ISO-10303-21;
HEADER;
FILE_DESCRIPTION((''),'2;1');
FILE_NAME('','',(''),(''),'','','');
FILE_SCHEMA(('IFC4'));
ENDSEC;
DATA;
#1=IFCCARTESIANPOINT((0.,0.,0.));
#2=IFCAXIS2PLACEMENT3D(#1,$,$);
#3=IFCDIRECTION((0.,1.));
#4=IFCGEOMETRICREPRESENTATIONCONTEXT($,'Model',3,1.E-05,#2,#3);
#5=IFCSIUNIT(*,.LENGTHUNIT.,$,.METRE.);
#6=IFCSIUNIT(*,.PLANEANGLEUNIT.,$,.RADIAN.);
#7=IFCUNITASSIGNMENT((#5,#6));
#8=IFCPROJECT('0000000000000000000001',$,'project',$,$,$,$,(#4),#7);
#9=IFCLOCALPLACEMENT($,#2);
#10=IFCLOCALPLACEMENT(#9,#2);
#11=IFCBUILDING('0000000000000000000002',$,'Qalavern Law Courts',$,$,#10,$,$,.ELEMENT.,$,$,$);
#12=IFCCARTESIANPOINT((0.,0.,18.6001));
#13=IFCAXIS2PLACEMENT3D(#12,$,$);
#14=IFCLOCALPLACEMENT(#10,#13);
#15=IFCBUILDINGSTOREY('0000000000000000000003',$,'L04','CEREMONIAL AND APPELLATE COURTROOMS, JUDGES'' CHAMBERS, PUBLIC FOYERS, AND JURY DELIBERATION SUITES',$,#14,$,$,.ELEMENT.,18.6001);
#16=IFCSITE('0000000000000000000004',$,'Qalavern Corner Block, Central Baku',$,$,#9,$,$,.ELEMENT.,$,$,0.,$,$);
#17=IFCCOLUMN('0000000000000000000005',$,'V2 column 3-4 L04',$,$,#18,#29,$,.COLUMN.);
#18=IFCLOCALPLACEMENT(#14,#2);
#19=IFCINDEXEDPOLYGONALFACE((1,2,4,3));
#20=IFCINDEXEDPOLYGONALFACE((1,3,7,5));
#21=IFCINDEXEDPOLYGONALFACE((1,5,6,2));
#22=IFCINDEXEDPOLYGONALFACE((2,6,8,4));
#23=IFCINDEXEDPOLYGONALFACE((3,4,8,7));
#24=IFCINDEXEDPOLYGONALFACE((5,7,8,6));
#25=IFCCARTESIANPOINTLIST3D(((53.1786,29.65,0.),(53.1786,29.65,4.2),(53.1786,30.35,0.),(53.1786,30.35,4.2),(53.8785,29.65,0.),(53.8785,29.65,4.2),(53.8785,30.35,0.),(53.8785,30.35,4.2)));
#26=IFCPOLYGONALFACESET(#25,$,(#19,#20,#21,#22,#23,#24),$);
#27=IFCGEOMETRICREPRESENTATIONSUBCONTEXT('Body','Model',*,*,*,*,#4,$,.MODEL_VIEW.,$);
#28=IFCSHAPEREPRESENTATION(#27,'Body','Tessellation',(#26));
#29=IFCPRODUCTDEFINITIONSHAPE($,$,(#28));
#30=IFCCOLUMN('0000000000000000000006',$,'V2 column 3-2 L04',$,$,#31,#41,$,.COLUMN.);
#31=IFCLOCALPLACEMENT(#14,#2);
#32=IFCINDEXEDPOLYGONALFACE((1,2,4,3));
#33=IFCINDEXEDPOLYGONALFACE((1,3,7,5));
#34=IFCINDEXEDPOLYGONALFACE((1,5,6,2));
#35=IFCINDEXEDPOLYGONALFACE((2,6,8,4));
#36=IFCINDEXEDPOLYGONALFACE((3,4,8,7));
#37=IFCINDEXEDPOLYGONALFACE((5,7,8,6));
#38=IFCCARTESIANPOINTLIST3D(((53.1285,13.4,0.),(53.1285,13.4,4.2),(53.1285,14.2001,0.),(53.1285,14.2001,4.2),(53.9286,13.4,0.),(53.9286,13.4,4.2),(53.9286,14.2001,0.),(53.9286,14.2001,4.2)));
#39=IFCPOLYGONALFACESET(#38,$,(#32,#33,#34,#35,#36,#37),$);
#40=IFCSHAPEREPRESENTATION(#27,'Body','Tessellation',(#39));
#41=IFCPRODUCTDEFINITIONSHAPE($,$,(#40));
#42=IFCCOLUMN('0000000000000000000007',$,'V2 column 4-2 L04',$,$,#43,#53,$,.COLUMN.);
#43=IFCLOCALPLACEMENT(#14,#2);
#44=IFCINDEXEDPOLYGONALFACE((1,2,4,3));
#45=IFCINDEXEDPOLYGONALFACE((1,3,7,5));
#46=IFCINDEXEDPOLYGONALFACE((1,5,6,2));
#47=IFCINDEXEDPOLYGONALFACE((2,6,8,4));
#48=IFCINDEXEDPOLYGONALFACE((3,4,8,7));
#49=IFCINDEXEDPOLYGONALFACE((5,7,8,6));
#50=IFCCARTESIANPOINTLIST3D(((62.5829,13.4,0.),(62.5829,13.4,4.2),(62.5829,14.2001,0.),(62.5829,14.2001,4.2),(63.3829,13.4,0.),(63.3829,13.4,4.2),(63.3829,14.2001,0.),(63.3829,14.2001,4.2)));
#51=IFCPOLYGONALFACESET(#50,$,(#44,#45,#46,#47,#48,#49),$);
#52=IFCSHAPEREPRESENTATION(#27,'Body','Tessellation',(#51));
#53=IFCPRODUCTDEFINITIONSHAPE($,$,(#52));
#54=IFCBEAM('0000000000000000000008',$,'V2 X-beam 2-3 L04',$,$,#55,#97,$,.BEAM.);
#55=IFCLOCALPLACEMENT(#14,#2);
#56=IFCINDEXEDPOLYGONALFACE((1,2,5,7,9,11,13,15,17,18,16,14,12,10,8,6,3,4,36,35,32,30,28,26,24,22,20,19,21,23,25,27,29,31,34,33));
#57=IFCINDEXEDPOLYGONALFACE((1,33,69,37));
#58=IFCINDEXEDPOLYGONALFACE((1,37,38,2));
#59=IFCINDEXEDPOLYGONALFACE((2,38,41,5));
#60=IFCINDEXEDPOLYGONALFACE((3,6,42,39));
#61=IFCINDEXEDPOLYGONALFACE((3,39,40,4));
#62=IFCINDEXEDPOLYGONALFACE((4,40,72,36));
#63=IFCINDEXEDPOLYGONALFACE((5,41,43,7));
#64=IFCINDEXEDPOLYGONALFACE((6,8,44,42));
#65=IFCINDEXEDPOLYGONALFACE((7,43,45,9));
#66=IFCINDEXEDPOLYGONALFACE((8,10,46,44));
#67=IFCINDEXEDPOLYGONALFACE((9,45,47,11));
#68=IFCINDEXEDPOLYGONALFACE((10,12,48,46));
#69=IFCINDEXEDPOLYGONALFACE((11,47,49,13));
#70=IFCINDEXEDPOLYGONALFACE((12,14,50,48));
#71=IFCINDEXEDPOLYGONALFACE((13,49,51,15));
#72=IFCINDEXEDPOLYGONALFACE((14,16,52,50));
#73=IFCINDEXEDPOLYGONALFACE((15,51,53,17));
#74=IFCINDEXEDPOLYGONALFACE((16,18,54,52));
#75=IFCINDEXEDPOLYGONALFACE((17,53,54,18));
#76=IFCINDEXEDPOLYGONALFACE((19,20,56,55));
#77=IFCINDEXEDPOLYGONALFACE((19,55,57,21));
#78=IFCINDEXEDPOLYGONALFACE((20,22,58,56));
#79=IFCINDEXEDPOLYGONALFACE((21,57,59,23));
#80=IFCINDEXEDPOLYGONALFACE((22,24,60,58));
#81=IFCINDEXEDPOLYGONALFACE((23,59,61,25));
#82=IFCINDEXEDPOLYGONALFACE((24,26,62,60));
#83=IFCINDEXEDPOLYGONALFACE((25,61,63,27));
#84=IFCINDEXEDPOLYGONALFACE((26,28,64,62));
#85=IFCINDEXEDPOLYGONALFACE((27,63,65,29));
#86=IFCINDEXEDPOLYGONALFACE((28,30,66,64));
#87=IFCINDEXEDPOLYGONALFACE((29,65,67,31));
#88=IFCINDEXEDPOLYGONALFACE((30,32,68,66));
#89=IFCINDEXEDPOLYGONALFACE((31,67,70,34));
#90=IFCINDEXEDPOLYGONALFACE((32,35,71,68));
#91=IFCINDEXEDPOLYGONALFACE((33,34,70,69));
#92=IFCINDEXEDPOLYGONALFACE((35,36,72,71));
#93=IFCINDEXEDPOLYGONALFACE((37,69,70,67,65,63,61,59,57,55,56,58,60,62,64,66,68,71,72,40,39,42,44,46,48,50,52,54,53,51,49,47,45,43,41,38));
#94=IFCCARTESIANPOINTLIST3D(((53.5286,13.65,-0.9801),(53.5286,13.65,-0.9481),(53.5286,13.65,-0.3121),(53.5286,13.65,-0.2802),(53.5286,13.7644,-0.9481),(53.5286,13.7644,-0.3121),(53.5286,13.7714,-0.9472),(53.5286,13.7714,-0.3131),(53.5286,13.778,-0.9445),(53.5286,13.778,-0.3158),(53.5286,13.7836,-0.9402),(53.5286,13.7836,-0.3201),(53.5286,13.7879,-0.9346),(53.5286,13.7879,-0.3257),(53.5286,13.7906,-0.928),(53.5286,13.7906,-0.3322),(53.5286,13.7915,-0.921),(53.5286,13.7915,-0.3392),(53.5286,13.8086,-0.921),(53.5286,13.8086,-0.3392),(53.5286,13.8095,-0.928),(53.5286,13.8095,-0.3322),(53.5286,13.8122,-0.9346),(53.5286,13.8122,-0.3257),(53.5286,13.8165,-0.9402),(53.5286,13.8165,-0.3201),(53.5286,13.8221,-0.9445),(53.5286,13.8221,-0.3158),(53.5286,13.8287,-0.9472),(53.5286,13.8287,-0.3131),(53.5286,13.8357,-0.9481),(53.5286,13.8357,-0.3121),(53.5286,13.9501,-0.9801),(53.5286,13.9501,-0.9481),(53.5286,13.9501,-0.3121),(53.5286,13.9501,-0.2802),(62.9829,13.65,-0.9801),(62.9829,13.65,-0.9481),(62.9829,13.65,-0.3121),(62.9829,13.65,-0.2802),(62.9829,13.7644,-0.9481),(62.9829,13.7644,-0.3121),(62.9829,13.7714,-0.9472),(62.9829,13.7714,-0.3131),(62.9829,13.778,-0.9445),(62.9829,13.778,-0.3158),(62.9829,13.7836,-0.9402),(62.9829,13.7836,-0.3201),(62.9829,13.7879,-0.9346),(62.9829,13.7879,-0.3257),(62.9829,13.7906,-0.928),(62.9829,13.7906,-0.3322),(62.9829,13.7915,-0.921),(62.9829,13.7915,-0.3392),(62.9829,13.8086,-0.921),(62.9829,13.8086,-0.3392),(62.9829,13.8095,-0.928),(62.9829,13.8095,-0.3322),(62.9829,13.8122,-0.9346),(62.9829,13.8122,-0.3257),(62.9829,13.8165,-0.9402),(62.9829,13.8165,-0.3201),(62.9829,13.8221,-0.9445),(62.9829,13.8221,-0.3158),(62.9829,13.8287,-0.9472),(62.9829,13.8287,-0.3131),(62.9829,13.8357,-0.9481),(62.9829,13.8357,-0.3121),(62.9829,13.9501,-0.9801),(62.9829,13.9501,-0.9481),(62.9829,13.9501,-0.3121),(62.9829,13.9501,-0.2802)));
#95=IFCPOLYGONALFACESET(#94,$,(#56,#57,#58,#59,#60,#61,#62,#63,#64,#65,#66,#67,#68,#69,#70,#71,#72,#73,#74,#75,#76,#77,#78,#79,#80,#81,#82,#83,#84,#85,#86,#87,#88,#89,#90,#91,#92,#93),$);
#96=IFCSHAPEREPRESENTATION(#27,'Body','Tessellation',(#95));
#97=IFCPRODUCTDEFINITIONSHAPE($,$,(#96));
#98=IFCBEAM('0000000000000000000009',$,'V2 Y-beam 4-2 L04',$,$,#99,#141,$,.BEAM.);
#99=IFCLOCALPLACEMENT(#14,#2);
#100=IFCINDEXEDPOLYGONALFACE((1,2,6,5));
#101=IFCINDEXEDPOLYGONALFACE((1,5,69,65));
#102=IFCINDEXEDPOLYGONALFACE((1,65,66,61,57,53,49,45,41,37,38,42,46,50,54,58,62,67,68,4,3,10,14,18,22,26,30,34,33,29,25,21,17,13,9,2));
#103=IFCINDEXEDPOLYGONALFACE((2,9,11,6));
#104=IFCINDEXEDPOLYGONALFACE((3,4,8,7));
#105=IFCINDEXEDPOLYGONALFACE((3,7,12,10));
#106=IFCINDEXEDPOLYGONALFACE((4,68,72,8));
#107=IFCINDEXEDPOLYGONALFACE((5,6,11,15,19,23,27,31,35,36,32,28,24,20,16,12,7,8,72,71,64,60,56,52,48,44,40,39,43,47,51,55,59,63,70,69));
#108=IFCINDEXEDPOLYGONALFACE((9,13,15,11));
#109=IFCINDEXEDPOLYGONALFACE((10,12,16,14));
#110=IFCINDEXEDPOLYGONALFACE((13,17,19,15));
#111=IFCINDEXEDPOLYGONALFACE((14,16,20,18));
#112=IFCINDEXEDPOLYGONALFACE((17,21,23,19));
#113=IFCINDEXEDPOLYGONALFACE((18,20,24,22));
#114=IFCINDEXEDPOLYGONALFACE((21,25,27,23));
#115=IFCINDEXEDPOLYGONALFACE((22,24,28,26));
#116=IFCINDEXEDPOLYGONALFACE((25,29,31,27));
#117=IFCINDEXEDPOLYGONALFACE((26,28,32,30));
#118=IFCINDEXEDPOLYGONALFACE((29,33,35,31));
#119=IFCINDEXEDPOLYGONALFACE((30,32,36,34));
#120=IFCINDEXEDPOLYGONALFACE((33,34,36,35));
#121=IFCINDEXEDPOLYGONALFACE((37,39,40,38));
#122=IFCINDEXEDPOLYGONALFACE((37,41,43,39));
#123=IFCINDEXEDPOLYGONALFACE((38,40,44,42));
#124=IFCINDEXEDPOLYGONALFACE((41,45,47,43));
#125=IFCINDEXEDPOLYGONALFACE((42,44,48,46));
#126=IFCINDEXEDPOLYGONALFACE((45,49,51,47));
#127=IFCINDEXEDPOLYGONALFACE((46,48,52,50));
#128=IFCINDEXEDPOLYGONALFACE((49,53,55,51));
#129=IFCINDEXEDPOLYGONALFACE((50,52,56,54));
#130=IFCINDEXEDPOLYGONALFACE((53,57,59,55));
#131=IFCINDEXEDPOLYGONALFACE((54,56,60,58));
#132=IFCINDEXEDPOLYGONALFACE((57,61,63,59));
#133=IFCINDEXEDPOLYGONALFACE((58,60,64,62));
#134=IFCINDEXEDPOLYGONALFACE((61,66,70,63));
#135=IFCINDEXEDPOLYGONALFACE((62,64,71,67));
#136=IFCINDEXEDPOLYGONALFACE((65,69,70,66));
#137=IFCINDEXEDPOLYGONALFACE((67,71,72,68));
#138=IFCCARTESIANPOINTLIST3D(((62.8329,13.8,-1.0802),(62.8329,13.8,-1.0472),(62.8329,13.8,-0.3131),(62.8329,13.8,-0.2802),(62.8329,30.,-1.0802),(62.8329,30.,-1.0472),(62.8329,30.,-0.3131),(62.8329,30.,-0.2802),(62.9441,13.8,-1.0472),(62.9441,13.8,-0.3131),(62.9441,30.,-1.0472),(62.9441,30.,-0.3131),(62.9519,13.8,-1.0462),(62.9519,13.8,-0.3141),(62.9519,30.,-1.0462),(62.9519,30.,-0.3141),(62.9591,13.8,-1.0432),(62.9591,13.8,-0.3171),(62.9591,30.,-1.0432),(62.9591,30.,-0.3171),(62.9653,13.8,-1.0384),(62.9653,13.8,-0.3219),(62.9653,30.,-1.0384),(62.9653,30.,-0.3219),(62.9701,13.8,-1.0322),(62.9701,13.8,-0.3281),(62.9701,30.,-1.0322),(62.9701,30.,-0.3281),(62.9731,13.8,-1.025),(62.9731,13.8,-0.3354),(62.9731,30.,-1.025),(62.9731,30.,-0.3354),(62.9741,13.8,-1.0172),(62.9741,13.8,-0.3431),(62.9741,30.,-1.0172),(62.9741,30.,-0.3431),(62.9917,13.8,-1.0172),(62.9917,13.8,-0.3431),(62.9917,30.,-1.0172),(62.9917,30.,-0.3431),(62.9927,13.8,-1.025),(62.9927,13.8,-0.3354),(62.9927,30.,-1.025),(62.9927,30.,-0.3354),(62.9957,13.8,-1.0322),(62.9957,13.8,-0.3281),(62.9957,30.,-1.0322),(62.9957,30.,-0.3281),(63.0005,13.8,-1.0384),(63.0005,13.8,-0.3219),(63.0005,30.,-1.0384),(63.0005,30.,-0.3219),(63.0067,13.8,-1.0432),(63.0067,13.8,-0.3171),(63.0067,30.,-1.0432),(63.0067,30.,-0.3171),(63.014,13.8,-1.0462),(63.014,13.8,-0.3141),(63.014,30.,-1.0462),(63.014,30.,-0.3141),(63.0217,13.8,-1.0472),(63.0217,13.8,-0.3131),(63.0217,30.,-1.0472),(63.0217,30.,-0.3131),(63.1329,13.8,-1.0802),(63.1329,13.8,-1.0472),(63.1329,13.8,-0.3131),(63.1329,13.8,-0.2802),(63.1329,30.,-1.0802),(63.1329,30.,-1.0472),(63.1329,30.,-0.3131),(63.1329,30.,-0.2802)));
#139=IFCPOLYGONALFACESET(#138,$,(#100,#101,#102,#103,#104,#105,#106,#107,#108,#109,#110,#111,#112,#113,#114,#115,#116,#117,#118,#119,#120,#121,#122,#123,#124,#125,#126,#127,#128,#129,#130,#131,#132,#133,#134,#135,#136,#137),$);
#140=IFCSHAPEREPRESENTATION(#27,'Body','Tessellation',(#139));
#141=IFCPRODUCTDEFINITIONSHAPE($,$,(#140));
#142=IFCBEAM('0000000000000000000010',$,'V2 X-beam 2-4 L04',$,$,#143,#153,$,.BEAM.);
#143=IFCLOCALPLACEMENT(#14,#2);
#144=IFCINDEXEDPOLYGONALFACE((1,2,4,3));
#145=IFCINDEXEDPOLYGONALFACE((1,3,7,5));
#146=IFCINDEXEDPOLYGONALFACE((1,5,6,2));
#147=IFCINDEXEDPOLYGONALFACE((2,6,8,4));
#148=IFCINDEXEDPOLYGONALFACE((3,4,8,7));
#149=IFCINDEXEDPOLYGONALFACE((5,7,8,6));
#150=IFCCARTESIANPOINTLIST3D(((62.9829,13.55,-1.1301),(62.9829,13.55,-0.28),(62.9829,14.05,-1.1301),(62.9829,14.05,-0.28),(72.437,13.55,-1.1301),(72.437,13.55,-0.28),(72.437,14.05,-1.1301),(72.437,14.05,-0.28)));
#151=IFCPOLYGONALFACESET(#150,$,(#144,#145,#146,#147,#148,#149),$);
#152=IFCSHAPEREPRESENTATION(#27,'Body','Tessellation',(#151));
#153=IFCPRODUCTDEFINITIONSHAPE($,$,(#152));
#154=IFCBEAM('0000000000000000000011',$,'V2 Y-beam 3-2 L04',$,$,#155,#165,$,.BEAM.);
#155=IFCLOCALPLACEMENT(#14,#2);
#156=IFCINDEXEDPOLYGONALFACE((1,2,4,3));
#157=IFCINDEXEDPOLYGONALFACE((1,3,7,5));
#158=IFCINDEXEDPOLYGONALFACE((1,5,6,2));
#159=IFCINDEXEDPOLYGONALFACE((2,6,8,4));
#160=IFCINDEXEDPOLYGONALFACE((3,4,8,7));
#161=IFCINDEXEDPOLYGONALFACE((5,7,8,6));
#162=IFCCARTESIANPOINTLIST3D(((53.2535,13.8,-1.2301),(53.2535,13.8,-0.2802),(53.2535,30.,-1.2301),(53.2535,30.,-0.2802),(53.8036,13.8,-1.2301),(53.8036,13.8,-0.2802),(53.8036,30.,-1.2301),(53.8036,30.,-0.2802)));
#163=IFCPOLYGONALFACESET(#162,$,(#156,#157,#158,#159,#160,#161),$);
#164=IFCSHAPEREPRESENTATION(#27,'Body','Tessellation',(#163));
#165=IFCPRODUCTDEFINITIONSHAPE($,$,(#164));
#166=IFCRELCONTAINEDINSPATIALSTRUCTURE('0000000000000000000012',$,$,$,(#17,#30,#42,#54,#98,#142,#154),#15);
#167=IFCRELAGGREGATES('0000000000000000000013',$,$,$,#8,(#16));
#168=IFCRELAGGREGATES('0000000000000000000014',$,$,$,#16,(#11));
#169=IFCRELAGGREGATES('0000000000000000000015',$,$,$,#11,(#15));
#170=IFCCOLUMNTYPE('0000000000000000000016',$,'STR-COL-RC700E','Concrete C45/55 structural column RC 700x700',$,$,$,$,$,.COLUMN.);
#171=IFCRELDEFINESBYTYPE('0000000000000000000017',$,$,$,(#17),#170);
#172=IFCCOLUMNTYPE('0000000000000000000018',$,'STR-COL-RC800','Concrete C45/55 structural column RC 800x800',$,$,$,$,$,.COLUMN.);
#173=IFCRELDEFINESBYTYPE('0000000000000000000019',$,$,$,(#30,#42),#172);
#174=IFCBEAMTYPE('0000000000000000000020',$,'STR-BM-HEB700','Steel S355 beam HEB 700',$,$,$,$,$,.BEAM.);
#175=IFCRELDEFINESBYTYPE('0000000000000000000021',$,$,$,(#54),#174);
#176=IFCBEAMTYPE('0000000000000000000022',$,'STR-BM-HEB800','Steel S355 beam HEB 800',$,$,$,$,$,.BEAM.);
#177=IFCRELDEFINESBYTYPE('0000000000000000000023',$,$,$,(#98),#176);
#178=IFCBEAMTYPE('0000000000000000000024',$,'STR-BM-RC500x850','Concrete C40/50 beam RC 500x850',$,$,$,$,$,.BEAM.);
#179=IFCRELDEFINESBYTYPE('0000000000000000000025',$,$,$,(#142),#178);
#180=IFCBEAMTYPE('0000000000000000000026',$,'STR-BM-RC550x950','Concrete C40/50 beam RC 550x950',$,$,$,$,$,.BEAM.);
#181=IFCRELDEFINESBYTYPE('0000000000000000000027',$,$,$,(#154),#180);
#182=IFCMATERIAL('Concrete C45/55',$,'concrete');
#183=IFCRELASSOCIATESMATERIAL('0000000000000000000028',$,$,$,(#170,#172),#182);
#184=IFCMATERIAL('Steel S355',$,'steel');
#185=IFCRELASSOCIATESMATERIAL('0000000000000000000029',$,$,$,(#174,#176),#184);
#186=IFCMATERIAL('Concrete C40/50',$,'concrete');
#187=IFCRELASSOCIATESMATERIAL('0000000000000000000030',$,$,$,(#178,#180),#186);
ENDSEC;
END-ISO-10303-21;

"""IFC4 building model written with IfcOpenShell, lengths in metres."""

from ifc_helpers import new_model, si_unit, direction, frame, origin, origin_2d, place, context, subcontext, project, spatial, rectangle, i_section, extrude, material, material_profile, profile_set, type_object, element, save


model = new_model("IFC4")

# Units and contexts
model_context = context("Model", 3, precision=1e-05, world=origin(), true_north=direction((0.0, 1.0)))
body_context = subcontext(model_context, "Body", "Model", "MODEL_VIEW")
ifc_project = project(units=[si_unit("LENGTHUNIT", "METRE"), si_unit("PLANEANGLEUNIT", "RADIAN")], contexts=[model_context])

# Site, building, storey
site_placement = place(None, origin())
site = spatial("IfcSite", under=ifc_project, at=site_placement, Name="Qalavern Corner Block, Central Baku", CompositionType="ELEMENT", RefElevation=0.0)
building_placement = place(site_placement, origin())
building = spatial("IfcBuilding", under=site, at=building_placement, Name="Qalavern Law Courts", CompositionType="ELEMENT")
storey_placement = place(building_placement, frame((0.0, 0.0, 18.6001)))
storey = spatial("IfcBuildingStorey", under=building, at=storey_placement, Name="L04", Description="CEREMONIAL AND APPELLATE COURTROOMS, JUDGES' CHAMBERS, PUBLIC FOYERS, AND JURY DELIBERATION SUITES", CompositionType="ELEMENT", Elevation=18.6001)

# Columns
ifc_material_1 = material(Name="Concrete C45/55", Category="concrete")
ifc_material_profile_1 = material_profile(ifc_material_1, rectangle(XDim=0.7, YDim=0.7, at=origin_2d()), Name="RC 700x700")
ifc_profile_set_1 = profile_set([ifc_material_profile_1], Name="Concrete C45/55")
column_type_1 = type_object("IfcColumnType", Name="STR-COL-RC700E", Description="Concrete C45/55 structural column RC 700x700", PredefinedType="COLUMN", material=ifc_profile_set_1)
column_placement = place(storey_placement, frame((53.5286, 30.0, 0.0), z_axis=(0.0, 0.0, 1.0), x_axis=(1.0, 0.0, 0.0)))
element("IfcColumn", 1, at=column_placement, inside=storey, type_object=column_type_1, Name="V2 column 3-4 L04", PredefinedType="COLUMN", context=body_context, shape_type="SweptSolid", body=[
    extrude(rectangle(XDim=0.7, YDim=0.7, at=origin_2d()), origin(), (0.0, 0.0, 1.0), 4.2),
])
ifc_material_profile_2 = material_profile(ifc_material_1, rectangle(XDim=0.8, YDim=0.8, at=origin_2d()), Name="RC 800x800")
ifc_profile_set_2 = profile_set([ifc_material_profile_2], Name="Concrete C45/55")
column_type_2 = type_object("IfcColumnType", Name="STR-COL-RC800", Description="Concrete C45/55 structural column RC 800x800", PredefinedType="COLUMN", material=ifc_profile_set_2)
for number, where, z_axis, x_axis, name in (
    (2, (53.5286, 13.8, 0.0), (0.0, 0.0, 1.0), (1.0, 0.0, 0.0), "V2 column 3-2 L04"),
    (3, (62.9829, 13.8, 0.0), (0.0, 0.0, 1.0), (1.0, 0.0, 0.0), "V2 column 4-2 L04"),
):
    element("IfcColumn", number, at=place(storey_placement, frame(where, z_axis=z_axis, x_axis=x_axis)), inside=storey, type_object=column_type_2, Name=name, PredefinedType="COLUMN", context=body_context, shape_type="SweptSolid", body=[
        extrude(rectangle(XDim=0.8, YDim=0.8, at=origin_2d()), origin(), (0.0, 0.0, 1.0), 4.2),
    ])

# Beams
ifc_material_2 = material(Name="Steel S355", Category="steel")
ifc_material_profile_3 = material_profile(ifc_material_2, i_section(OverallWidth=0.3, OverallDepth=0.7, WebThickness=0.0171, FlangeThickness=0.032, FilletRadius=0.0271, at=origin_2d()), Name="HEB 700")
ifc_profile_set_3 = profile_set([ifc_material_profile_3], Name="Steel S355")
beam_type_1 = type_object("IfcBeamType", Name="STR-BM-HEB700", Description="Steel S355 beam HEB 700", PredefinedType="BEAM", material=ifc_profile_set_3)
beam_1_placement = place(storey_placement, frame((53.5286, 13.8, -0.6301), z_axis=(1.0, 0.0, 0.0), x_axis=(0.0, 1.0, 0.0)))
element("IfcBeam", 4, at=beam_1_placement, inside=storey, type_object=beam_type_1, Name="V2 X-beam 2-3 L04", PredefinedType="BEAM", context=body_context, shape_type="SweptSolid", body=[
    extrude(i_section(OverallWidth=0.3, OverallDepth=0.7, WebThickness=0.0171, FlangeThickness=0.032, FilletRadius=0.0271, at=origin_2d()), origin(), (0.0, 0.0, 1.0), 9.4543),
])
ifc_material_profile_4 = material_profile(ifc_material_2, i_section(OverallWidth=0.3, OverallDepth=0.8, WebThickness=0.0176, FlangeThickness=0.033, FilletRadius=0.03, at=origin_2d()), Name="HEB 800")
ifc_profile_set_4 = profile_set([ifc_material_profile_4], Name="Steel S355")
beam_type_2 = type_object("IfcBeamType", Name="STR-BM-HEB800", Description="Steel S355 beam HEB 800", PredefinedType="BEAM", material=ifc_profile_set_4)
beam_2_placement = place(storey_placement, frame((62.9829, 13.8, -0.6802), z_axis=(0.0, 1.0, 0.0), x_axis=(-1.0, 0.0, 0.0)))
element("IfcBeam", 5, at=beam_2_placement, inside=storey, type_object=beam_type_2, Name="V2 Y-beam 4-2 L04", PredefinedType="BEAM", context=body_context, shape_type="SweptSolid", body=[
    extrude(i_section(OverallWidth=0.3, OverallDepth=0.8, WebThickness=0.0176, FlangeThickness=0.033, FilletRadius=0.03, at=origin_2d()), origin(), (0.0, 0.0, 1.0), 16.2),
])
ifc_material_3 = material(Name="Concrete C40/50", Category="concrete")
ifc_material_profile_5 = material_profile(ifc_material_3, rectangle(XDim=0.5, YDim=0.8501, at=origin_2d()), Name="RC 500x850")
ifc_profile_set_5 = profile_set([ifc_material_profile_5], Name="Concrete C40/50")
beam_type_3 = type_object("IfcBeamType", Name="STR-BM-RC500x850", Description="Concrete C40/50 beam RC 500x850", PredefinedType="BEAM", material=ifc_profile_set_5)
beam_3_placement = place(storey_placement, frame((62.9829, 13.8, -0.7051), z_axis=(1.0, 0.0, 0.0), x_axis=(0.0, 1.0, 0.0)))
element("IfcBeam", 6, at=beam_3_placement, inside=storey, type_object=beam_type_3, Name="V2 X-beam 2-4 L04", PredefinedType="BEAM", context=body_context, shape_type="SweptSolid", body=[
    extrude(rectangle(XDim=0.5, YDim=0.8501, at=origin_2d()), origin(), (0.0, 0.0, 1.0), 9.4541),
])
ifc_material_profile_6 = material_profile(ifc_material_3, rectangle(XDim=0.55, YDim=0.95, at=origin_2d()), Name="RC 550x950")
ifc_profile_set_6 = profile_set([ifc_material_profile_6], Name="Concrete C40/50")
beam_type_4 = type_object("IfcBeamType", Name="STR-BM-RC550x950", Description="Concrete C40/50 beam RC 550x950", PredefinedType="BEAM", material=ifc_profile_set_6)
beam_4_placement = place(storey_placement, frame((53.5286, 13.8, -0.7551), z_axis=(0.0, 1.0, 0.0), x_axis=(-1.0, 0.0, 0.0)))
element("IfcBeam", 7, at=beam_4_placement, inside=storey, type_object=beam_type_4, Name="V2 Y-beam 3-2 L04", PredefinedType="BEAM", context=body_context, shape_type="SweptSolid", body=[
    extrude(rectangle(XDim=0.55, YDim=0.95, at=origin_2d()), origin(), (0.0, 0.0, 1.0), 16.2),
])

save(model, "model.ifc")
